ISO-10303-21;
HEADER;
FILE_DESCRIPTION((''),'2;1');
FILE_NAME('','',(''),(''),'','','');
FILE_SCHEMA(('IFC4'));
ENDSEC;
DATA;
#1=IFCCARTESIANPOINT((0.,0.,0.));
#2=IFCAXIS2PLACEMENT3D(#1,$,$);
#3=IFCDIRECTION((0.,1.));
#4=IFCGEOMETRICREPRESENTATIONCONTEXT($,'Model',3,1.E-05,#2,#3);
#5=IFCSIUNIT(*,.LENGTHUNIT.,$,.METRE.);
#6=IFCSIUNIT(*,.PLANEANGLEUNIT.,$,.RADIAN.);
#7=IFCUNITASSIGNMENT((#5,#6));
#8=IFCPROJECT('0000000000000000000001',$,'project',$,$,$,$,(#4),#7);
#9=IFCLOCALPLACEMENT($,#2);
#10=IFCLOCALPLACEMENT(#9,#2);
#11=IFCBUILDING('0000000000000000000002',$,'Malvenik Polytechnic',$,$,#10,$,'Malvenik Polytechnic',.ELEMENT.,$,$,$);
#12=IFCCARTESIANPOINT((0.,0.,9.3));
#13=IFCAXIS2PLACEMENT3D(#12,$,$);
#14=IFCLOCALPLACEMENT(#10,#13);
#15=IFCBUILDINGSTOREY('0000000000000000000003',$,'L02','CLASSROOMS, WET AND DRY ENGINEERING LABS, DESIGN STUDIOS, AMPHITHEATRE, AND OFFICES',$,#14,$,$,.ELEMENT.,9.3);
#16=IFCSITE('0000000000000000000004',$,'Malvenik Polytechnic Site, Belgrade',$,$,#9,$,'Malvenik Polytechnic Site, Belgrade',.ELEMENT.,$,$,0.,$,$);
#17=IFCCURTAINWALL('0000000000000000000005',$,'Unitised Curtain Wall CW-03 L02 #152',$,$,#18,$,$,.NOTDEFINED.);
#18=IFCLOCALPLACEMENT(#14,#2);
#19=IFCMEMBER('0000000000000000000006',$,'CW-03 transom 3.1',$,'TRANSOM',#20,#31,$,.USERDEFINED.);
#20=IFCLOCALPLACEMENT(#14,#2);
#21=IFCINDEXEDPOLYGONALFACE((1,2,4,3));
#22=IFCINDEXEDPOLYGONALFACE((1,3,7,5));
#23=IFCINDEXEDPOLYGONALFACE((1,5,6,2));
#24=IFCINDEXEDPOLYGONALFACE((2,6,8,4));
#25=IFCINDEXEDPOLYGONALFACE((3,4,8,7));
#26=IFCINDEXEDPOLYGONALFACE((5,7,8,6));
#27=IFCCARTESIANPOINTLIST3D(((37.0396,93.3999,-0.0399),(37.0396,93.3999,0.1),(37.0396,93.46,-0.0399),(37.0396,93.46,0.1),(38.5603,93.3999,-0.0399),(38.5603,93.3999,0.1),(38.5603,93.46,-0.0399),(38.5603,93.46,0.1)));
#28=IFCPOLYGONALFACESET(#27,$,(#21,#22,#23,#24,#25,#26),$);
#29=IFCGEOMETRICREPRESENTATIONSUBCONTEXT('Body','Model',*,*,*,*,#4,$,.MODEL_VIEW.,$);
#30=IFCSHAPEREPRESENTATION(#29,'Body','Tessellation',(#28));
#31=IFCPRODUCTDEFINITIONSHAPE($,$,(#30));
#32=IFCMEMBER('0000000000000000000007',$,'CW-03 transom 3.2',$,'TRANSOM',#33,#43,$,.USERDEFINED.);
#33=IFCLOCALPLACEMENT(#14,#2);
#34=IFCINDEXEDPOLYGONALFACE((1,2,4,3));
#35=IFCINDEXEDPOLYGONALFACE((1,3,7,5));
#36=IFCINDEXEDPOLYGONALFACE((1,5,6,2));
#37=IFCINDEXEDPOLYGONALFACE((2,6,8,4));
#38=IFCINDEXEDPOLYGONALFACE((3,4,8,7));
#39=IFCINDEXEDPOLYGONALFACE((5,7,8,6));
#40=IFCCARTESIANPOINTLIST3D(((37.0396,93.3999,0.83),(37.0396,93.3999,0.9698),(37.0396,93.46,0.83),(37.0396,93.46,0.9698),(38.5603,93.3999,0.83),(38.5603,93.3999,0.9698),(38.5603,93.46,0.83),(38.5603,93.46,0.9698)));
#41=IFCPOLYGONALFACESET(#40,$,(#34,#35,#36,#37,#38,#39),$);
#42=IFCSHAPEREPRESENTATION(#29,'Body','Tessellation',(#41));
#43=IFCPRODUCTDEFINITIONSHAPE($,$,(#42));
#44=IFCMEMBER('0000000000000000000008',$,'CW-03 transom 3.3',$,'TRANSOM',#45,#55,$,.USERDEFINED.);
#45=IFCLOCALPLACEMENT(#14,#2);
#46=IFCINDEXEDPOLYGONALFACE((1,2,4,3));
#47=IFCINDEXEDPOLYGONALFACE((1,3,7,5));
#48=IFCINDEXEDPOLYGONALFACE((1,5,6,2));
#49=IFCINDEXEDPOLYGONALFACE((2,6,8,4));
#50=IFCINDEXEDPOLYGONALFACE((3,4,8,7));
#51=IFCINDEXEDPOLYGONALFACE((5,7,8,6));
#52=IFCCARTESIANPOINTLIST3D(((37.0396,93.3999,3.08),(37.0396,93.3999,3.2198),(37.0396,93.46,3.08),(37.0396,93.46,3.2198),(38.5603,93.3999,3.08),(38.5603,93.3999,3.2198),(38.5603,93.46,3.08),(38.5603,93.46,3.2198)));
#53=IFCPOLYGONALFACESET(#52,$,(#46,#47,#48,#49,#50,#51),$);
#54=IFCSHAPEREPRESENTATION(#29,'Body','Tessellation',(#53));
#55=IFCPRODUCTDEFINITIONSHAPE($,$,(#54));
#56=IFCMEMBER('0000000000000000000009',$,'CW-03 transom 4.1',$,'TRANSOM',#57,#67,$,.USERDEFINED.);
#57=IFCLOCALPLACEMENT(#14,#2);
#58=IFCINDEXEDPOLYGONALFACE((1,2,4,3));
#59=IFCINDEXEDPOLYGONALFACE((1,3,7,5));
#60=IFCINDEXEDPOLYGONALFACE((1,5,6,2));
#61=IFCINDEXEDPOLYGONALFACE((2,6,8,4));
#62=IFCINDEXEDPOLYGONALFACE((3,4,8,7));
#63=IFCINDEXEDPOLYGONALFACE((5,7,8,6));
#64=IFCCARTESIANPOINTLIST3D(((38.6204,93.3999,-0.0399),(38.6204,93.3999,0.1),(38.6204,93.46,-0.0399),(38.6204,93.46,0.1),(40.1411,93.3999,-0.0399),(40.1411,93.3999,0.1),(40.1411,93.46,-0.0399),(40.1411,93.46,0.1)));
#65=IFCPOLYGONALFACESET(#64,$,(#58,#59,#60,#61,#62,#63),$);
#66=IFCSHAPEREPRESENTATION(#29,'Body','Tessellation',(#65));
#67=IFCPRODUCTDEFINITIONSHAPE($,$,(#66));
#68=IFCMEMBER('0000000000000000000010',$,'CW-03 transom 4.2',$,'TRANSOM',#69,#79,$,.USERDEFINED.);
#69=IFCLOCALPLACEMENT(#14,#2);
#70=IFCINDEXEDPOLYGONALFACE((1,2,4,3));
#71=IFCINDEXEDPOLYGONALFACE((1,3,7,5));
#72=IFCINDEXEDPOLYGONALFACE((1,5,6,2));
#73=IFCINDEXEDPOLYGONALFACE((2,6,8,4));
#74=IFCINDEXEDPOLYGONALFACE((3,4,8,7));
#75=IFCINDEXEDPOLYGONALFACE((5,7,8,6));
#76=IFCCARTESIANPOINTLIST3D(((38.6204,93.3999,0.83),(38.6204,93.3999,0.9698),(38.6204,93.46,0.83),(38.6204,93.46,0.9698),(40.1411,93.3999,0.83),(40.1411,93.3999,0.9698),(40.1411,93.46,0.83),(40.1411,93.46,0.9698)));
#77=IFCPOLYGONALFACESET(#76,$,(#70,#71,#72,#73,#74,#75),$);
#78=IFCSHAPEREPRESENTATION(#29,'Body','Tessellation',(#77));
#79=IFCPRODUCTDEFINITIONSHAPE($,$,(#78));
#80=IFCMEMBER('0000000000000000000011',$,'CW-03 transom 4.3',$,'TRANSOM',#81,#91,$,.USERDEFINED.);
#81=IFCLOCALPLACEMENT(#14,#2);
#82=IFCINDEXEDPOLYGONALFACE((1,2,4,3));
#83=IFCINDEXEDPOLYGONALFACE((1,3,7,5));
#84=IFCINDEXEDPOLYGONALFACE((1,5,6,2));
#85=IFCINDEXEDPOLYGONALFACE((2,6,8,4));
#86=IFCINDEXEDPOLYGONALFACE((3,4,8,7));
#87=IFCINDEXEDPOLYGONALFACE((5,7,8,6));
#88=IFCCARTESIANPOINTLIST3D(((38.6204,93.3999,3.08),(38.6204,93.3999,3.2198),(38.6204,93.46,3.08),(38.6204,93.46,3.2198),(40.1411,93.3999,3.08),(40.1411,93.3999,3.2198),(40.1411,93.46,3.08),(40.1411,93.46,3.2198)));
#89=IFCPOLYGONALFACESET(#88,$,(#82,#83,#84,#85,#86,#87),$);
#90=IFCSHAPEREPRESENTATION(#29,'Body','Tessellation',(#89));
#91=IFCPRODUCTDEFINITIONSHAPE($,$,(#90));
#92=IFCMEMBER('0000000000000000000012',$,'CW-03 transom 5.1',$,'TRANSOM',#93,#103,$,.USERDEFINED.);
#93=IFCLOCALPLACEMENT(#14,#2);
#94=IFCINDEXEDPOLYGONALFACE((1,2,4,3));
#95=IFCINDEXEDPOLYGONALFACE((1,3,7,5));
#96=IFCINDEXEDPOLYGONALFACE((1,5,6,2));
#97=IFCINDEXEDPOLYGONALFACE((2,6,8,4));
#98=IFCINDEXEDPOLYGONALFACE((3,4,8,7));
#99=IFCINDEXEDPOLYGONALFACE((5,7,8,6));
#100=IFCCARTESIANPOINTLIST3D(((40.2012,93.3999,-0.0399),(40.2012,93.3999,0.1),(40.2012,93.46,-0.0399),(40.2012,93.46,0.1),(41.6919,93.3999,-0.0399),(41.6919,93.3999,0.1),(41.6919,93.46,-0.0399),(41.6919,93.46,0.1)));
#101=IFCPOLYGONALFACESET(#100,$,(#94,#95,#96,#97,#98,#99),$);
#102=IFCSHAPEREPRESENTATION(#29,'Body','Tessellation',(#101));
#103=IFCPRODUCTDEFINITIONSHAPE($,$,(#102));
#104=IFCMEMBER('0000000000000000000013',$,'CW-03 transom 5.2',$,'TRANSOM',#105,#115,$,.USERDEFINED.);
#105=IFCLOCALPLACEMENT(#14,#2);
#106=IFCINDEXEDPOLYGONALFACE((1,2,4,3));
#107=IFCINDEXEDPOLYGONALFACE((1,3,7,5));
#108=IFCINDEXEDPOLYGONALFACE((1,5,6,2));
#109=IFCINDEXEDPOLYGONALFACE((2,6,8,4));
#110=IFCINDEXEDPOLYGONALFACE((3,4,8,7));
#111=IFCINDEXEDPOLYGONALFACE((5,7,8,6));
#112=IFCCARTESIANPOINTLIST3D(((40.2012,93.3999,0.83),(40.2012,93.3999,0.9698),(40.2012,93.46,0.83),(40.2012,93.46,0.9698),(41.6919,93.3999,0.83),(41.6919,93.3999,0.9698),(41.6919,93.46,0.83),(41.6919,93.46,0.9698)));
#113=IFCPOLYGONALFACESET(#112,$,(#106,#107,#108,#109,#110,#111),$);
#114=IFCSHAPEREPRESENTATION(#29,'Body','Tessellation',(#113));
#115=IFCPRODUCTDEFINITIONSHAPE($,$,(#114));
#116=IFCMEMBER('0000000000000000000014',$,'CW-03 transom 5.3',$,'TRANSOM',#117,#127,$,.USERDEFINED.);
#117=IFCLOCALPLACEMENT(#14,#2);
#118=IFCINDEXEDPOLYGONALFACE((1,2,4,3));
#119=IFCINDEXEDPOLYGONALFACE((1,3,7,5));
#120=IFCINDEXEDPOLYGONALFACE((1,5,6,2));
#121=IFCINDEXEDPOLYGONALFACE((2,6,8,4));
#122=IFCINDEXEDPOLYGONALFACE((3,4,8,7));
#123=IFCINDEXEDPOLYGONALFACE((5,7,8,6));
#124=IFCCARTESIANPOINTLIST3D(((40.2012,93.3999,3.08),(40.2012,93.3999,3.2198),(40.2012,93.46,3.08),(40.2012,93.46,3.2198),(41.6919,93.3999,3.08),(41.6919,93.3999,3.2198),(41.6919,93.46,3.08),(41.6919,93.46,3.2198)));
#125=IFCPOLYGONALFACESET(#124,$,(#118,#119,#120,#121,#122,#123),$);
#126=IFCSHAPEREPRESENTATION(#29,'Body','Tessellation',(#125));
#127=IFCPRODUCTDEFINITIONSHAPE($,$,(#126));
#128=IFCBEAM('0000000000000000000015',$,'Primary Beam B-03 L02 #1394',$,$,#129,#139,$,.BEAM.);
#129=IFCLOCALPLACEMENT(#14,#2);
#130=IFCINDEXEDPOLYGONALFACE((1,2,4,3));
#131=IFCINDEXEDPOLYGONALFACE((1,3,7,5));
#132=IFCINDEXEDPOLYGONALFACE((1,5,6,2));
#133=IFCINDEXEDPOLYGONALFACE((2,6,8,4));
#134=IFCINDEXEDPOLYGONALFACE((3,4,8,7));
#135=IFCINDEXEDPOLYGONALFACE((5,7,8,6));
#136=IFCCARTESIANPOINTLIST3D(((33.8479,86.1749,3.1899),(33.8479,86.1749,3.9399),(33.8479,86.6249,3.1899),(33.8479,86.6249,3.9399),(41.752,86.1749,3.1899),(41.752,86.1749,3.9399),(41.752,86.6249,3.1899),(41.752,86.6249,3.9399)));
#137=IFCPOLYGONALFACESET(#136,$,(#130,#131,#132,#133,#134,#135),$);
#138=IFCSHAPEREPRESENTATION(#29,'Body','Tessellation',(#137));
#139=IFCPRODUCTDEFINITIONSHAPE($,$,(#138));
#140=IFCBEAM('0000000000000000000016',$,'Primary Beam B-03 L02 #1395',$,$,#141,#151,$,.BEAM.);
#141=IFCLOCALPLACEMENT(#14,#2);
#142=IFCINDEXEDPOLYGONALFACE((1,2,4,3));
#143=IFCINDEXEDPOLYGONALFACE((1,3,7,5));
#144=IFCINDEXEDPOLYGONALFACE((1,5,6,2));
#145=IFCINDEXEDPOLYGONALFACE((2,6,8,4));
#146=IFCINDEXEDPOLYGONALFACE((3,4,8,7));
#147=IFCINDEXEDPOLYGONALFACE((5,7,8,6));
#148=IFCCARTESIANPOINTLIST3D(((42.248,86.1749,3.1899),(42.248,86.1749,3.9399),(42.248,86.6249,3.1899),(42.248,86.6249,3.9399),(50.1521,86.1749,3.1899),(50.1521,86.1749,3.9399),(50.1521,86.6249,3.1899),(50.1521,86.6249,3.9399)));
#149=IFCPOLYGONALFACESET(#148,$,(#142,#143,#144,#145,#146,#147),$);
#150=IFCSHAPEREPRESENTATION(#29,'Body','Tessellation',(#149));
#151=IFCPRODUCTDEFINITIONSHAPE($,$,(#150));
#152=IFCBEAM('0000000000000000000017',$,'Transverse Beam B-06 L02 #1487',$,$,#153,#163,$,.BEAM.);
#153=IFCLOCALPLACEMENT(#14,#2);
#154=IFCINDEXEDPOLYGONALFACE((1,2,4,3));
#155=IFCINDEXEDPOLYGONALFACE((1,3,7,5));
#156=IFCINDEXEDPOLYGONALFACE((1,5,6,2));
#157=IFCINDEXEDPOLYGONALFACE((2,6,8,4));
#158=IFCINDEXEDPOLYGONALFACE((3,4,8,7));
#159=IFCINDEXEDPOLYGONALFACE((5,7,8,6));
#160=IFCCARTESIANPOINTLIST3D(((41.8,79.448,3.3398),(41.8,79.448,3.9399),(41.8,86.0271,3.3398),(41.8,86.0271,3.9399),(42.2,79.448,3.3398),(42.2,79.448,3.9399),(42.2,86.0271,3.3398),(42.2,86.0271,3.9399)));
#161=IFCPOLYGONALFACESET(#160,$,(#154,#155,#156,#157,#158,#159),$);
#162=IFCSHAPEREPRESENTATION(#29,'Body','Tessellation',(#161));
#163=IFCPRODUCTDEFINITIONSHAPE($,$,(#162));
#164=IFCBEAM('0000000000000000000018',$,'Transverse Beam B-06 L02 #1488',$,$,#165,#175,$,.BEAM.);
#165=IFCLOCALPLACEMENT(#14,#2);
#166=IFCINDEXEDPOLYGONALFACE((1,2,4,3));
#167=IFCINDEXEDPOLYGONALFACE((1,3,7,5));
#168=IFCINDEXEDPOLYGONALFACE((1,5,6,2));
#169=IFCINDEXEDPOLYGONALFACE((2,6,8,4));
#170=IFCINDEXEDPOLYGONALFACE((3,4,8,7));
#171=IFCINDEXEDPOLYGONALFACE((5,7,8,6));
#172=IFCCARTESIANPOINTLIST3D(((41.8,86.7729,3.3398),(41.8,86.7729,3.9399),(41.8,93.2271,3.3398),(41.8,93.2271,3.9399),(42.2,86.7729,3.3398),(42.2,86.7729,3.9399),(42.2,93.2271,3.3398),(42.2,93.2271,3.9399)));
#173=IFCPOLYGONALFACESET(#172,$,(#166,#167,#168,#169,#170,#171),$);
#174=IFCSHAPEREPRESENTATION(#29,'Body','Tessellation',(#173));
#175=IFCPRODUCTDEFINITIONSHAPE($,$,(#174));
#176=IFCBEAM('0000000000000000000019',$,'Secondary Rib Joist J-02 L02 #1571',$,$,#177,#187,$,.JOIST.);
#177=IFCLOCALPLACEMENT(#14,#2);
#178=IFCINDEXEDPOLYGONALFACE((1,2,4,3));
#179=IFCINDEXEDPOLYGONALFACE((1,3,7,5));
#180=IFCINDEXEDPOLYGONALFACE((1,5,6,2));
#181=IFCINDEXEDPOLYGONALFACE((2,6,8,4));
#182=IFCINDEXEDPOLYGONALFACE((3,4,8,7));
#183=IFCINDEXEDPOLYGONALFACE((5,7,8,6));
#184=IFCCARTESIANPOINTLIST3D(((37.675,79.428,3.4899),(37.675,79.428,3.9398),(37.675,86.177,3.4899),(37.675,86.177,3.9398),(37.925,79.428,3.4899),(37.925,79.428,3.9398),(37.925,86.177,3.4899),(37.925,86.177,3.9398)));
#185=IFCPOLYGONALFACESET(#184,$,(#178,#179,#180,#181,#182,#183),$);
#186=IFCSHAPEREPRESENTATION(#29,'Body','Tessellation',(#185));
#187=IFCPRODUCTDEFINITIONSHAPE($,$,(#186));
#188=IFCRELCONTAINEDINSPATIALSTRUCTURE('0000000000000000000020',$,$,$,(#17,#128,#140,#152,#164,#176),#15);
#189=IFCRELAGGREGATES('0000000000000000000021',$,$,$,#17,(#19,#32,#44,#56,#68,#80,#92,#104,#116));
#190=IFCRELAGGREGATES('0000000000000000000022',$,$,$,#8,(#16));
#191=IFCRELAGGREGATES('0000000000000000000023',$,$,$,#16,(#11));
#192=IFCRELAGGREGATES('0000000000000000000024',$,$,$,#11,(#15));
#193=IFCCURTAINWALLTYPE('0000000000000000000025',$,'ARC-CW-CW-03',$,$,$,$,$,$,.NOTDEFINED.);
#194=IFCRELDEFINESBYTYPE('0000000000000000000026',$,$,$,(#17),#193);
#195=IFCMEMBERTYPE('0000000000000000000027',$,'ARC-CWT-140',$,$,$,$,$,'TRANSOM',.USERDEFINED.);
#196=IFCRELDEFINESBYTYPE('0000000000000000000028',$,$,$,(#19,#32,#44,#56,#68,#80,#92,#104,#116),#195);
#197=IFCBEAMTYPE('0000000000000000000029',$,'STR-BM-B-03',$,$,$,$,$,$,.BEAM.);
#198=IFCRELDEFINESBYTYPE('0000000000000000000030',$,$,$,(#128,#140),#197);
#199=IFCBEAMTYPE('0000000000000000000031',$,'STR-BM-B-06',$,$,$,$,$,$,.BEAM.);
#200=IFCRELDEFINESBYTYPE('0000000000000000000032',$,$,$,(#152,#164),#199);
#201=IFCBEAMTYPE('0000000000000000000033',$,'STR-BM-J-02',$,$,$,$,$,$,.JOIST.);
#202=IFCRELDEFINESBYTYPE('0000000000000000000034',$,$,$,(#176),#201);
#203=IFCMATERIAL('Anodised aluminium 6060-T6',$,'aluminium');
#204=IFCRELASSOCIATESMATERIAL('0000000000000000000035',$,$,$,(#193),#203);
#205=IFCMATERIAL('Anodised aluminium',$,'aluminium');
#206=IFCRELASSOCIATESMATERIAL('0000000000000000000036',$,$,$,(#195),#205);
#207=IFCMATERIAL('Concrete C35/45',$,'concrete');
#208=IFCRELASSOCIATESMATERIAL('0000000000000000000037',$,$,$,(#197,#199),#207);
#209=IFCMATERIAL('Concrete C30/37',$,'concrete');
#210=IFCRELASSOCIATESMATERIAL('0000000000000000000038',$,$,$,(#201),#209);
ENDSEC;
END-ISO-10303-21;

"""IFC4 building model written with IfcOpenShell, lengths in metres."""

from ifc_helpers import new_model, si_unit, direction, frame, origin, origin_2d, place, context, subcontext, project, spatial, rectangle, extrude, material, material_profile, profile_set, type_object, element, aggregate, save


model = new_model("IFC4")

# Units and contexts
model_context = context("Model", 3, precision=1e-05, world=origin(), true_north=direction((0.0, 1.0)))
body_context = subcontext(model_context, "Body", "Model", "MODEL_VIEW")
ifc_project = project(units=[si_unit("LENGTHUNIT", "METRE"), si_unit("PLANEANGLEUNIT", "RADIAN")], contexts=[model_context])

# Site, building, storey
site_placement = place(None, origin())
site = spatial("IfcSite", under=ifc_project, at=site_placement, Name="Malvenik Polytechnic Site, Belgrade", LongName="Malvenik Polytechnic Site, Belgrade", CompositionType="ELEMENT", RefElevation=0.0)
building_placement = place(site_placement, origin())
building = spatial("IfcBuilding", under=site, at=building_placement, Name="Malvenik Polytechnic", LongName="Malvenik Polytechnic", CompositionType="ELEMENT")
storey_placement = place(building_placement, frame((0.0, 0.0, 9.3)))
storey = spatial("IfcBuildingStorey", under=building, at=storey_placement, Name="L02", Description="CLASSROOMS, WET AND DRY ENGINEERING LABS, DESIGN STUDIOS, AMPHITHEATRE, AND OFFICES", CompositionType="ELEMENT", Elevation=9.3)

# Shared definitions
ifc_material_1 = material(Name="Concrete C35/45", Category="concrete")

# Curtain wall
ifc_material_2 = material(Name="Anodised aluminium 6060-T6", Category="aluminium")
curtain_wall_type = type_object("IfcCurtainWallType", Name="ARC-CW-CW-03", PredefinedType="NOTDEFINED", material=ifc_material_2)
curtain_wall_1_placement = place(storey_placement, origin())
curtain_wall_1 = element("IfcCurtainWall", 1, at=curtain_wall_1_placement, inside=storey, type_object=curtain_wall_type, Name="Unitised Curtain Wall CW-03 L02 #152", PredefinedType="NOTDEFINED")
ifc_material_3 = material(Name="Anodised aluminium", Category="aluminium")

# Members
ifc_material_profile_1 = material_profile(ifc_material_3, rectangle(XDim=0.0601, YDim=0.1399, at=origin_2d()), Name="ALU TRANSOM 60x140")
ifc_profile_set_1 = profile_set([ifc_material_profile_1], Name="Anodised aluminium")
member_type_1 = type_object("IfcMemberType", Name="ARC-CWT-140", ElementType="TRANSOM", PredefinedType="USERDEFINED", material=ifc_profile_set_1)
member_1_placement = place(storey_placement, frame((37.0396, 93.4299, 0.03), z_axis=(1.0, 0.0, 0.0), x_axis=(0.0, 1.0, 0.0)))
member_1 = element("IfcMember", 2, at=member_1_placement, type_object=member_type_1, Name="CW-03 transom 3.1", ObjectType="TRANSOM", PredefinedType="USERDEFINED", context=body_context, shape_type="SweptSolid", body=[
    extrude(rectangle(XDim=0.0601, YDim=0.1399, at=origin_2d()), origin(), (0.0, 0.0, 1.0), 1.5208),
])
member_2_placement = place(storey_placement, frame((37.0396, 93.4299, 0.8999), z_axis=(1.0, 0.0, 0.0), x_axis=(0.0, 1.0, 0.0)))
member_2 = element("IfcMember", 3, at=member_2_placement, type_object=member_type_1, Name="CW-03 transom 3.2", ObjectType="TRANSOM", PredefinedType="USERDEFINED", context=body_context, shape_type="SweptSolid", body=[
    extrude(rectangle(XDim=0.0601, YDim=0.1399, at=origin_2d()), origin(), (0.0, 0.0, 1.0), 1.5208),
])
member_3_placement = place(storey_placement, frame((37.0396, 93.4299, 3.1499), z_axis=(1.0, 0.0, 0.0), x_axis=(0.0, 1.0, 0.0)))
member_3 = element("IfcMember", 4, at=member_3_placement, type_object=member_type_1, Name="CW-03 transom 3.3", ObjectType="TRANSOM", PredefinedType="USERDEFINED", context=body_context, shape_type="SweptSolid", body=[
    extrude(rectangle(XDim=0.0601, YDim=0.1399, at=origin_2d()), origin(), (0.0, 0.0, 1.0), 1.5208),
])
member_4_placement = place(storey_placement, frame((38.6204, 93.4299, 0.03), z_axis=(1.0, 0.0, 0.0), x_axis=(0.0, 1.0, 0.0)))
member_4 = element("IfcMember", 5, at=member_4_placement, type_object=member_type_1, Name="CW-03 transom 4.1", ObjectType="TRANSOM", PredefinedType="USERDEFINED", context=body_context, shape_type="SweptSolid", body=[
    extrude(rectangle(XDim=0.0601, YDim=0.1399, at=origin_2d()), origin(), (0.0, 0.0, 1.0), 1.5208),
])
member_5_placement = place(storey_placement, frame((38.6204, 93.4299, 0.8999), z_axis=(1.0, 0.0, 0.0), x_axis=(0.0, 1.0, 0.0)))
member_5 = element("IfcMember", 6, at=member_5_placement, type_object=member_type_1, Name="CW-03 transom 4.2", ObjectType="TRANSOM", PredefinedType="USERDEFINED", context=body_context, shape_type="SweptSolid", body=[
    extrude(rectangle(XDim=0.0601, YDim=0.1399, at=origin_2d()), origin(), (0.0, 0.0, 1.0), 1.5208),
])
member_6_placement = place(storey_placement, frame((38.6204, 93.4299, 3.1499), z_axis=(1.0, 0.0, 0.0), x_axis=(0.0, 1.0, 0.0)))
member_6 = element("IfcMember", 7, at=member_6_placement, type_object=member_type_1, Name="CW-03 transom 4.3", ObjectType="TRANSOM", PredefinedType="USERDEFINED", context=body_context, shape_type="SweptSolid", body=[
    extrude(rectangle(XDim=0.0601, YDim=0.1399, at=origin_2d()), origin(), (0.0, 0.0, 1.0), 1.5208),
])
member_7_placement = place(storey_placement, frame((40.2012, 93.4299, 0.03), z_axis=(1.0, 0.0, 0.0), x_axis=(0.0, 1.0, 0.0)))
member_7 = element("IfcMember", 8, at=member_7_placement, type_object=member_type_1, Name="CW-03 transom 5.1", ObjectType="TRANSOM", PredefinedType="USERDEFINED", context=body_context, shape_type="SweptSolid", body=[
    extrude(rectangle(XDim=0.0601, YDim=0.1399, at=origin_2d()), origin(), (0.0, 0.0, 1.0), 1.4907),
])
member_8_placement = place(storey_placement, frame((40.2012, 93.4299, 0.8999), z_axis=(1.0, 0.0, 0.0), x_axis=(0.0, 1.0, 0.0)))
member_8 = element("IfcMember", 9, at=member_8_placement, type_object=member_type_1, Name="CW-03 transom 5.2", ObjectType="TRANSOM", PredefinedType="USERDEFINED", context=body_context, shape_type="SweptSolid", body=[
    extrude(rectangle(XDim=0.0601, YDim=0.1399, at=origin_2d()), origin(), (0.0, 0.0, 1.0), 1.4907),
])
member_9_placement = place(storey_placement, frame((40.2012, 93.4299, 3.1499), z_axis=(1.0, 0.0, 0.0), x_axis=(0.0, 1.0, 0.0)))
member_9 = element("IfcMember", 10, at=member_9_placement, type_object=member_type_1, Name="CW-03 transom 5.3", ObjectType="TRANSOM", PredefinedType="USERDEFINED", context=body_context, shape_type="SweptSolid", body=[
    extrude(rectangle(XDim=0.0601, YDim=0.1399, at=origin_2d()), origin(), (0.0, 0.0, 1.0), 1.4907),
])

# Beams
ifc_material_profile_2 = material_profile(ifc_material_1, rectangle(XDim=0.45, YDim=0.75, at=origin_2d()), Name="RC BM 450x750")
ifc_profile_set_2 = profile_set([ifc_material_profile_2], Name="Concrete C35/45")
beam_type_1 = type_object("IfcBeamType", Name="STR-BM-B-03", PredefinedType="BEAM", material=ifc_profile_set_2)
for number, where, z_axis, x_axis, name in (
    (11, (33.8479, 86.3999, 3.5649), (1.0, 0.0, 0.0), (0.0, 1.0, 0.0), "Primary Beam B-03 L02 #1394"),
    (12, (42.248, 86.3999, 3.5649), (1.0, 0.0, 0.0), (0.0, 1.0, 0.0), "Primary Beam B-03 L02 #1395"),
):
    element("IfcBeam", number, at=place(storey_placement, frame(where, z_axis=z_axis, x_axis=x_axis)), inside=storey, type_object=beam_type_1, Name=name, PredefinedType="BEAM", context=body_context, shape_type="SweptSolid", body=[
        extrude(rectangle(XDim=0.45, YDim=0.75, at=origin_2d()), origin(), (0.0, 0.0, 1.0), 7.9041),
    ])
ifc_material_profile_3 = material_profile(ifc_material_1, rectangle(XDim=0.3999, YDim=0.6001, at=origin_2d()), Name="RC BM 400x600")
ifc_profile_set_3 = profile_set([ifc_material_profile_3], Name="Concrete C35/45")
beam_type_2 = type_object("IfcBeamType", Name="STR-BM-B-06", PredefinedType="BEAM", material=ifc_profile_set_3)
beam_1_placement = place(storey_placement, frame((42.0, 79.448, 3.6399), z_axis=(0.0, 1.0, 0.0), x_axis=(-1.0, 0.0, 0.0)))
element("IfcBeam", 13, at=beam_1_placement, inside=storey, type_object=beam_type_2, Name="Transverse Beam B-06 L02 #1487", PredefinedType="BEAM", context=body_context, shape_type="SweptSolid", body=[
    extrude(rectangle(XDim=0.3999, YDim=0.6001, at=origin_2d()), origin(), (0.0, 0.0, 1.0), 6.5791),
])
beam_2_placement = place(storey_placement, frame((42.0, 86.7729, 3.6399), z_axis=(0.0, 1.0, 0.0), x_axis=(-1.0, 0.0, 0.0)))
element("IfcBeam", 14, at=beam_2_placement, inside=storey, type_object=beam_type_2, Name="Transverse Beam B-06 L02 #1488", PredefinedType="BEAM", context=body_context, shape_type="SweptSolid", body=[
    extrude(rectangle(XDim=0.3999, YDim=0.6001, at=origin_2d()), origin(), (0.0, 0.0, 1.0), 6.4541),
])
ifc_material_4 = material(Name="Concrete C30/37", Category="concrete")
ifc_material_profile_4 = material_profile(ifc_material_4, rectangle(XDim=0.25, YDim=0.45, at=origin_2d()), Name="RC JST 250x450")
ifc_profile_set_4 = profile_set([ifc_material_profile_4], Name="Concrete C30/37")
beam_type_3 = type_object("IfcBeamType", Name="STR-BM-J-02", PredefinedType="JOIST", material=ifc_profile_set_4)
for number, where, z_axis, x_axis, name in (
    (15, (37.8, 79.428, 3.7148), (0.0, 1.0, 0.0), (-1.0, 0.0, 0.0), "Secondary Rib Joist J-02 L02 #1571"),
):
    element("IfcBeam", number, at=place(storey_placement, frame(where, z_axis=z_axis, x_axis=x_axis)), inside=storey, type_object=beam_type_3, Name=name, PredefinedType="JOIST", context=body_context, shape_type="SweptSolid", body=[
        extrude(rectangle(XDim=0.25, YDim=0.45, at=origin_2d()), origin(), (0.0, 0.0, 1.0), 6.749),
    ])

aggregate(curtain_wall_1, [member_1, member_2, member_3, member_4, member_5, member_6, member_7, member_8, member_9])

save(model, "model.ifc")
